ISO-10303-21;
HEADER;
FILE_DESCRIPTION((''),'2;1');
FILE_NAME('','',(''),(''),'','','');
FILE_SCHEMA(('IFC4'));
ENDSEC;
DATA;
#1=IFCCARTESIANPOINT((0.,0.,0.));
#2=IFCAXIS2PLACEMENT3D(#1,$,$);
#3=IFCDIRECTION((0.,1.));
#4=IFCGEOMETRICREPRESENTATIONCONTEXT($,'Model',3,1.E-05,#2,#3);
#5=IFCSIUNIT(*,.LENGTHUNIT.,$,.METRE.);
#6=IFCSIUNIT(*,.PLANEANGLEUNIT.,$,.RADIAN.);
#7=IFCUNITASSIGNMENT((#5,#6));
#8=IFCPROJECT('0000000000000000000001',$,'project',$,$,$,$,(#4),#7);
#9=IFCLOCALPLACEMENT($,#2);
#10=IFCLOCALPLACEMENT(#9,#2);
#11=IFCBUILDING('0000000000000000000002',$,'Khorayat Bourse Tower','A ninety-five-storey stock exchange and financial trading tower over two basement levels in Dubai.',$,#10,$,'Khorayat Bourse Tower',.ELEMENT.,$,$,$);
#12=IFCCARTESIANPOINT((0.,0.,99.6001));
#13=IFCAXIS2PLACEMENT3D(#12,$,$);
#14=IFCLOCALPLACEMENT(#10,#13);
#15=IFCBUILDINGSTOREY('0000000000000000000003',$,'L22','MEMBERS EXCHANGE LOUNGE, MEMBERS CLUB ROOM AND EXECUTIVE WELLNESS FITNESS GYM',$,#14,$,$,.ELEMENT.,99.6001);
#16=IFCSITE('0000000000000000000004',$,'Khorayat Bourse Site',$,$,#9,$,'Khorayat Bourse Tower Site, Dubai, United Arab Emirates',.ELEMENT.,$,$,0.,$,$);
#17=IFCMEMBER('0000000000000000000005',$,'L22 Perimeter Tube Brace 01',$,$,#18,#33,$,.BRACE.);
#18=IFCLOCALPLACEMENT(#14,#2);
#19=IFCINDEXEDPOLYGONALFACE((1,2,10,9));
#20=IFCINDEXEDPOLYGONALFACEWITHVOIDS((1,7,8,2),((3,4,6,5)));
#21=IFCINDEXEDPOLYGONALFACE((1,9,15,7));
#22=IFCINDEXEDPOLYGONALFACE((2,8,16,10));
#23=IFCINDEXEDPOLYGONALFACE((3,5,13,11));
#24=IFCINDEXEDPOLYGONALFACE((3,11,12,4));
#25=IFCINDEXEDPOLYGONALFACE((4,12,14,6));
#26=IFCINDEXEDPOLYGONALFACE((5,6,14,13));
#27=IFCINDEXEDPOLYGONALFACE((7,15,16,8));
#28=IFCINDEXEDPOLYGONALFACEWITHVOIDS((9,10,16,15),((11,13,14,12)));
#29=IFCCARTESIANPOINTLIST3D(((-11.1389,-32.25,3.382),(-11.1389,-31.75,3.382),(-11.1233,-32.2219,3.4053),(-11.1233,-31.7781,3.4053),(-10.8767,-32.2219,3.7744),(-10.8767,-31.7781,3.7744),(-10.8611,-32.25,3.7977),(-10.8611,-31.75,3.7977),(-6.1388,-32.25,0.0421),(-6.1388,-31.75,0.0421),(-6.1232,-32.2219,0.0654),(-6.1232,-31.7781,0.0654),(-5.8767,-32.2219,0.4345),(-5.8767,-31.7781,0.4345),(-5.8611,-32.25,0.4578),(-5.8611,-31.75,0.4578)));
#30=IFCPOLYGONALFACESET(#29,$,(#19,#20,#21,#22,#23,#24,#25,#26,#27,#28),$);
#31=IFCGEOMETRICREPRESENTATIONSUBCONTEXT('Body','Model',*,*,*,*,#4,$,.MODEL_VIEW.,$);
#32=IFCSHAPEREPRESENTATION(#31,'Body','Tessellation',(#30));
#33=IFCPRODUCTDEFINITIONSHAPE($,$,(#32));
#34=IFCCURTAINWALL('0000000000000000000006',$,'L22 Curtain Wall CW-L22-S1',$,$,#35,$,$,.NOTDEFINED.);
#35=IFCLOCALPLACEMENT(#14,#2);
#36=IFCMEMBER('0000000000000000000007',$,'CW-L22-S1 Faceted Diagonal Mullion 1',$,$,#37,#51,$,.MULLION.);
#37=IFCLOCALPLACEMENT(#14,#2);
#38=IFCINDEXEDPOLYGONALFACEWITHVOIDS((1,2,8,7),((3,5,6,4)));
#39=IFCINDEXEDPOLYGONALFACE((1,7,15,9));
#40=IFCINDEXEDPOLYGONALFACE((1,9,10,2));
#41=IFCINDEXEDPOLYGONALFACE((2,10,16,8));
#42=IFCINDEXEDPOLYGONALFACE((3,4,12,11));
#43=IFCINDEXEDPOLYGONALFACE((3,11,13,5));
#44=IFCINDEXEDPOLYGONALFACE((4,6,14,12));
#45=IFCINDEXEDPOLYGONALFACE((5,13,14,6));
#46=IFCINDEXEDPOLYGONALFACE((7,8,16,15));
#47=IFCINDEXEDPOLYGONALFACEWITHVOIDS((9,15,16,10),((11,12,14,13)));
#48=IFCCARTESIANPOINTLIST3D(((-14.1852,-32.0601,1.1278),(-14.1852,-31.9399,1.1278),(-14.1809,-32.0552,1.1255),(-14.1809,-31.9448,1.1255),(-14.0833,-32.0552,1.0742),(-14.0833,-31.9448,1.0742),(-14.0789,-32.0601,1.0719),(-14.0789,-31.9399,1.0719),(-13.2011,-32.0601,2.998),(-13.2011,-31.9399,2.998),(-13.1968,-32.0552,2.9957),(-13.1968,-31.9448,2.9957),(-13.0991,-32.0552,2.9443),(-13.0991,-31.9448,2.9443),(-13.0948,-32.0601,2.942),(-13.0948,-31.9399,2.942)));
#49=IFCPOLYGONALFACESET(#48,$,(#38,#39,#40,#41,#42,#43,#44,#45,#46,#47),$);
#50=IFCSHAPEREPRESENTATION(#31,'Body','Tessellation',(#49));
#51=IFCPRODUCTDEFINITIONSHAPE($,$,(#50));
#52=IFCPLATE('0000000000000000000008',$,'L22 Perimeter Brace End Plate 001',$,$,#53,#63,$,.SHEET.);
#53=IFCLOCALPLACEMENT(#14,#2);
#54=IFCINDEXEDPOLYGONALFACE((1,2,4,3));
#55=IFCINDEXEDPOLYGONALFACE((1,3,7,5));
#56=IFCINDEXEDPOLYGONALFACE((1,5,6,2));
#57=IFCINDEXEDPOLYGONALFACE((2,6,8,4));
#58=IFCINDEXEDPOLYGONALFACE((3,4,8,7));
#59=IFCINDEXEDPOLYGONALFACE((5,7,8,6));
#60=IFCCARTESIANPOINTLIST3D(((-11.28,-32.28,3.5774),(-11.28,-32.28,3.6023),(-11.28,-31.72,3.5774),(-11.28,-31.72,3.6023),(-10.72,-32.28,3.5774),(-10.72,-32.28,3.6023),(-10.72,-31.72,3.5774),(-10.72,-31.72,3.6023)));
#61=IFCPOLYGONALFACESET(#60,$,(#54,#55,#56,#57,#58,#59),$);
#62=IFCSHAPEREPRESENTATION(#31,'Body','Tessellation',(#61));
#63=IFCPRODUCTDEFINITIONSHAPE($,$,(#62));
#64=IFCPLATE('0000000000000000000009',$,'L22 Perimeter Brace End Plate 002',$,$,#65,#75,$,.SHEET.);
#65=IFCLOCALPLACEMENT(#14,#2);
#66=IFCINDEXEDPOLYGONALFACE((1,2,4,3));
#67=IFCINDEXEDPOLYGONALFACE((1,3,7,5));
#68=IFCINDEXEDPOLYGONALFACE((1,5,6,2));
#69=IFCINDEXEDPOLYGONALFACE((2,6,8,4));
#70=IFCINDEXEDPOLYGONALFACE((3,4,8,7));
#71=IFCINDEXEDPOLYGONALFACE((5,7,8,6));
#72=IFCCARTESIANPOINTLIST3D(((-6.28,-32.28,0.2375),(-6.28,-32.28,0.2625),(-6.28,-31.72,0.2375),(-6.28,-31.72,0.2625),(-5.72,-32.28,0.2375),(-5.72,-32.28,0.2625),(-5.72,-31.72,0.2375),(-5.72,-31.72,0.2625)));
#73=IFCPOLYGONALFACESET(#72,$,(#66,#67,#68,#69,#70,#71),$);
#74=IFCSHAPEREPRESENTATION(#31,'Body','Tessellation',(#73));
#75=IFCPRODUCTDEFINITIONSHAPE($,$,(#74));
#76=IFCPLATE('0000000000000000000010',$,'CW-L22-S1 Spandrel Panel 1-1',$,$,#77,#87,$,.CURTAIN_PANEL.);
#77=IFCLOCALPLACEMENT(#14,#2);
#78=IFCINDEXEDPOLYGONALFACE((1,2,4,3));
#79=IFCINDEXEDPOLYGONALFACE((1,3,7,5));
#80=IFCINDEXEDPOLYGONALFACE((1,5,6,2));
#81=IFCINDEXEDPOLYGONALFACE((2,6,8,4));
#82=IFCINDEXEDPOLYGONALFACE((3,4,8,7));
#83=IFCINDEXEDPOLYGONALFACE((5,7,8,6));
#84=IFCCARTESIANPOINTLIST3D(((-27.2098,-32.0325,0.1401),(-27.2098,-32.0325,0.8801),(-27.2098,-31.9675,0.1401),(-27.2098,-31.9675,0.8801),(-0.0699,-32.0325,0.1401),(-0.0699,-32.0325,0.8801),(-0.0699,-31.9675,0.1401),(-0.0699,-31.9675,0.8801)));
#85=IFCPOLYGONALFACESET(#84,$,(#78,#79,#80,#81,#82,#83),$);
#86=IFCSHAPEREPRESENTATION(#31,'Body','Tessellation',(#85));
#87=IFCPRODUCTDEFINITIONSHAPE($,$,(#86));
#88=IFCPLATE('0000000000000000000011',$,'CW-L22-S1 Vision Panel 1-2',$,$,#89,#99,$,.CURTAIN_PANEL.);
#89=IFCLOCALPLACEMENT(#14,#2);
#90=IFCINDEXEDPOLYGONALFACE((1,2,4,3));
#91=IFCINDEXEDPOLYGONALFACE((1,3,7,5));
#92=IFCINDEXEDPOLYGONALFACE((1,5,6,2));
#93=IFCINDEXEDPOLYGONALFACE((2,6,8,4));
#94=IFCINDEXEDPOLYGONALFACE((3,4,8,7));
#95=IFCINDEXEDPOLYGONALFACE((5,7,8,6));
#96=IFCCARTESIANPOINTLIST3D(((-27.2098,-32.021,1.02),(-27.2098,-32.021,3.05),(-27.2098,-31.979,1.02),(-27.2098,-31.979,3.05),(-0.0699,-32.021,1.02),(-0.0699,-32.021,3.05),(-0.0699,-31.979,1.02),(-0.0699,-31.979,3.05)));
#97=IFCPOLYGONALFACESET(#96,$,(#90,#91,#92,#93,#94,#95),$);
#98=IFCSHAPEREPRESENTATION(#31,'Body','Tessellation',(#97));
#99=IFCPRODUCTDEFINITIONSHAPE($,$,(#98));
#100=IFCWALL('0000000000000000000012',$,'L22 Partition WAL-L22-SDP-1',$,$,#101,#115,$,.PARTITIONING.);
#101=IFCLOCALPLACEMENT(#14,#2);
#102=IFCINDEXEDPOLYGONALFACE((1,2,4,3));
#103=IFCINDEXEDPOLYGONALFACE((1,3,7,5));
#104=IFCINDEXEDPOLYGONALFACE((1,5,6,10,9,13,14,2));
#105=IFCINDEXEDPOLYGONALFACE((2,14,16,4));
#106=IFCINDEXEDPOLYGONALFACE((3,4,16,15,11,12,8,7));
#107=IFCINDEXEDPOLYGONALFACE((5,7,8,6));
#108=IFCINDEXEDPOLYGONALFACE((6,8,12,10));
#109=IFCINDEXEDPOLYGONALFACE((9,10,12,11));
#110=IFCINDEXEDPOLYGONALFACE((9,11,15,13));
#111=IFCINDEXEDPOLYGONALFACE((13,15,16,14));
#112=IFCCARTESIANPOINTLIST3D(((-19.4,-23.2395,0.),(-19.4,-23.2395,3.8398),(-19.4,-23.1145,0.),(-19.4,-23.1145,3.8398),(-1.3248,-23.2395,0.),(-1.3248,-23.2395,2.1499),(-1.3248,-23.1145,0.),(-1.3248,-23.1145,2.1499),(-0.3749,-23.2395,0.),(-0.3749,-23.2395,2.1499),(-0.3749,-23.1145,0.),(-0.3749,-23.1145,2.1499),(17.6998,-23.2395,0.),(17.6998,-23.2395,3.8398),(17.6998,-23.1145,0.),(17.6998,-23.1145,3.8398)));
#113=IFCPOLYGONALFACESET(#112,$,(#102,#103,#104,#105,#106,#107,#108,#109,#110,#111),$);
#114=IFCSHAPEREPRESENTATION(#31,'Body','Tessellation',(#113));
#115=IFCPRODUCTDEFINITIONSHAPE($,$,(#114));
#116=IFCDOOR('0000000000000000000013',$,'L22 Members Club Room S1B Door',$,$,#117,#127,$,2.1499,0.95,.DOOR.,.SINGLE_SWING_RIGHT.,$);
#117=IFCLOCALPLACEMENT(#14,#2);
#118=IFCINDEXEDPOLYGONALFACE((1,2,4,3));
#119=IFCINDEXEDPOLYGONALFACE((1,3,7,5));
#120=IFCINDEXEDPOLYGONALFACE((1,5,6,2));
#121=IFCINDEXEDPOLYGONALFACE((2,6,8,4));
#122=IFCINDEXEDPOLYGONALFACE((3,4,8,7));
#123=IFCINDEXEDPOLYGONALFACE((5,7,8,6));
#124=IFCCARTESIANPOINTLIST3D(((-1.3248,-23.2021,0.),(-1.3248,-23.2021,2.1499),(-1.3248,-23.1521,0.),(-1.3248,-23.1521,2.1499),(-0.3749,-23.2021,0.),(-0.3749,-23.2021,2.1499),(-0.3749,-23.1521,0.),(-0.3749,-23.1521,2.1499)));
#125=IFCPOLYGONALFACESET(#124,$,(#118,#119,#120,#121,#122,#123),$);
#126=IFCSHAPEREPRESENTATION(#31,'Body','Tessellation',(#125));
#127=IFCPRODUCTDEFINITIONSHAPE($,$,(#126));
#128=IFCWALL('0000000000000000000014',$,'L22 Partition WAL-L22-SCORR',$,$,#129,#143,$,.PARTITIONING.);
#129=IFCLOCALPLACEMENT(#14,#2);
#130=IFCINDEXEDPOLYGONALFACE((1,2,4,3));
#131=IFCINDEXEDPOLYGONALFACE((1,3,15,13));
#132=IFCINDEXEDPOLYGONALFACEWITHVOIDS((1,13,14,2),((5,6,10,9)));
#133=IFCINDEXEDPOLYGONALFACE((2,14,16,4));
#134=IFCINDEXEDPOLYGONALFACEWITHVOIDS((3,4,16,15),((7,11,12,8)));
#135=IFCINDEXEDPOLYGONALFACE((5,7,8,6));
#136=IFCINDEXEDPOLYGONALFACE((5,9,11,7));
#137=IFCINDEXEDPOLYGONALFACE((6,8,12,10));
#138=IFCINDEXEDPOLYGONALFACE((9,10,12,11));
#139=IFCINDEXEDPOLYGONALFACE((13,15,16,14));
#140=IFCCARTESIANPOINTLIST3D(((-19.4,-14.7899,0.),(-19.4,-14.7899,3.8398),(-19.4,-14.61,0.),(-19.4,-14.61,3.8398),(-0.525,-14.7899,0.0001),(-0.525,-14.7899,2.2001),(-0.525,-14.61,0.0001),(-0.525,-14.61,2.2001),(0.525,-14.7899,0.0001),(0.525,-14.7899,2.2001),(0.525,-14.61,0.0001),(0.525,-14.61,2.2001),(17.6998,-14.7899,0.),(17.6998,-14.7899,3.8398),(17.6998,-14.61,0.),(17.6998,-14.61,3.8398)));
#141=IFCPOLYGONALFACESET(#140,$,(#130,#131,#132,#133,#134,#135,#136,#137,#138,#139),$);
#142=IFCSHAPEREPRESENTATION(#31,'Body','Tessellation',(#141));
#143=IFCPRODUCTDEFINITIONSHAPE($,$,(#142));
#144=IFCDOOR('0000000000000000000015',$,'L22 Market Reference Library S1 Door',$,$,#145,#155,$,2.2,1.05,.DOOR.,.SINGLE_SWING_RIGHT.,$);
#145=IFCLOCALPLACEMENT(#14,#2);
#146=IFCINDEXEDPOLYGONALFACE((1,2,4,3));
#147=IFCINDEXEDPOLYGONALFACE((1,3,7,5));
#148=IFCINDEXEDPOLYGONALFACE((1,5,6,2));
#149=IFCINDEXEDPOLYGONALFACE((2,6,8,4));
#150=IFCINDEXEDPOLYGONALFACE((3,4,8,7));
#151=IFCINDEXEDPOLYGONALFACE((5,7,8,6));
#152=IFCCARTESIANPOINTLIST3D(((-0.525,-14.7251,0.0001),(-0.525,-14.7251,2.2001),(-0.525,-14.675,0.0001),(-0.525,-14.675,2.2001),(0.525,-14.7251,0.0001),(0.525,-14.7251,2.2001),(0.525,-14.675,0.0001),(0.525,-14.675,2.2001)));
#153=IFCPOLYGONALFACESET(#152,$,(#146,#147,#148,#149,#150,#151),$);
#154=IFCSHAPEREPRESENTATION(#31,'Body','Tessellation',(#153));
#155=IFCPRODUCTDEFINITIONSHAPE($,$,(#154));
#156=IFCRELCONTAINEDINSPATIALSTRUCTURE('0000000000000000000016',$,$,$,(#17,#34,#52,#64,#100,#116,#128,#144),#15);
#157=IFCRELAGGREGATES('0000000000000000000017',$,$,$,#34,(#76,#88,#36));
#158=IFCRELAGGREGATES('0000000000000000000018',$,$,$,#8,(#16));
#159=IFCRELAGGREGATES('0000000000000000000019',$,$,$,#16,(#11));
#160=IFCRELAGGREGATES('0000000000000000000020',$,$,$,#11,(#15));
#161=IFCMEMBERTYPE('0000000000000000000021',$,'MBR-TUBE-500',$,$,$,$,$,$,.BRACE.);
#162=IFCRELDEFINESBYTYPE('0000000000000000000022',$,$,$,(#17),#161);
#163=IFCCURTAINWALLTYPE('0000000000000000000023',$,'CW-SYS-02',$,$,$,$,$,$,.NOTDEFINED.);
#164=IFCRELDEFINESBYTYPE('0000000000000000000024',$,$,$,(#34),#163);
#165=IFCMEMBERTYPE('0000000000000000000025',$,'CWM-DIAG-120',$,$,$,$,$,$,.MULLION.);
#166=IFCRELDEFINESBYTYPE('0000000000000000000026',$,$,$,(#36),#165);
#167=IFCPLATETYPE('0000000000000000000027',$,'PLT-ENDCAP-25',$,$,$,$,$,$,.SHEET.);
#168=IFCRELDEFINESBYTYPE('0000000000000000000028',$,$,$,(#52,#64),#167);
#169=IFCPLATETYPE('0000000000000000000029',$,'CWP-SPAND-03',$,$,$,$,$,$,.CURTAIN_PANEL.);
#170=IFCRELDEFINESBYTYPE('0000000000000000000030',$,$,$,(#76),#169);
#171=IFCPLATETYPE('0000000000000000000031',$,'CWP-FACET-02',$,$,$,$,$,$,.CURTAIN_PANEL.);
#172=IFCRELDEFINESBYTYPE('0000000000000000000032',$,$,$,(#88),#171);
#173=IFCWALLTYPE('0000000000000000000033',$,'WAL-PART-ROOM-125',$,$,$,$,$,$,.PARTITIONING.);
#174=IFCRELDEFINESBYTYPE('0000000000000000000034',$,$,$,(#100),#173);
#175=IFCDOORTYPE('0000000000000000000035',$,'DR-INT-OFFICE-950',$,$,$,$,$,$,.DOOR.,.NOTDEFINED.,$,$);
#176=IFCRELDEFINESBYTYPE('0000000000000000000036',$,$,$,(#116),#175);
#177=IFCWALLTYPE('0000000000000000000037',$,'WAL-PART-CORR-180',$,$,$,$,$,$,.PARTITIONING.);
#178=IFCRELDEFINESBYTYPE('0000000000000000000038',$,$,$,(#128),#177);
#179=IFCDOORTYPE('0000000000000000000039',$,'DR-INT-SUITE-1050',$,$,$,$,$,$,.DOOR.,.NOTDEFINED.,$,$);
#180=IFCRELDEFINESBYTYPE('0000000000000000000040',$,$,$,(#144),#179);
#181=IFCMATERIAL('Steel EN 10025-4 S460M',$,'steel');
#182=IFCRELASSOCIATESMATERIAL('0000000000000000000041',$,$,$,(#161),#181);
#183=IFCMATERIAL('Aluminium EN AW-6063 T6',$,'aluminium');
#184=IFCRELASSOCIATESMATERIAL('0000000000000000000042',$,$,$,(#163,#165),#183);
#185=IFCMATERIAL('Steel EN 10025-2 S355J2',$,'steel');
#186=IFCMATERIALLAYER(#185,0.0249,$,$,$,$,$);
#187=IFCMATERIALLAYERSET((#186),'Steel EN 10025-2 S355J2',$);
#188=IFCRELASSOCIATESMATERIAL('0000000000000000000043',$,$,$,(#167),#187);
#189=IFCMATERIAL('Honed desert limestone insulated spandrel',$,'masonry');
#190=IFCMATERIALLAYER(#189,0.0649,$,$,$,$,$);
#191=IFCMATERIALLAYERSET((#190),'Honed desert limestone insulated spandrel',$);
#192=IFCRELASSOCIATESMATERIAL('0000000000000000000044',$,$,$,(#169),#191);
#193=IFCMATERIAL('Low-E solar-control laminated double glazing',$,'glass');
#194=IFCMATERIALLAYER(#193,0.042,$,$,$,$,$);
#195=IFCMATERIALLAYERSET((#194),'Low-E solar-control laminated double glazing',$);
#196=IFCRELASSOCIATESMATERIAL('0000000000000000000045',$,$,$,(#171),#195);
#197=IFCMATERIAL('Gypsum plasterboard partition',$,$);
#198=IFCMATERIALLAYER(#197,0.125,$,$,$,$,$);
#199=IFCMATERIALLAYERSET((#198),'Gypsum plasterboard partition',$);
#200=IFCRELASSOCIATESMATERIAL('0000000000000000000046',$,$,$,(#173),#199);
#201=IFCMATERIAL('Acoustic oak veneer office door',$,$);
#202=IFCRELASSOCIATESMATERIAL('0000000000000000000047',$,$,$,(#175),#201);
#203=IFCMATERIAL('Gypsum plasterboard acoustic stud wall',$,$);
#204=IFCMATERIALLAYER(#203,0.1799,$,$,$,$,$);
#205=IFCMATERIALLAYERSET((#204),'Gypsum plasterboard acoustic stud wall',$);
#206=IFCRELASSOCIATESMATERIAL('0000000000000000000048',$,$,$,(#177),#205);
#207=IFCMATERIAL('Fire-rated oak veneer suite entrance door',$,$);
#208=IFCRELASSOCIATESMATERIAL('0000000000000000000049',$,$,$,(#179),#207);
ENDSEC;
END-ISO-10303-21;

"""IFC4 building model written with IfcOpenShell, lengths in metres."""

from ifc_helpers import new_model, si_unit, direction, frame, frame_2d, origin, origin_2d, place, context, subcontext, project, spatial, rectangle, hollow_rectangle, extrude, source, transform, mapped, material, layer, layer_set, material_profile, profile_set, type_object, element, fill, aggregate, save


model = new_model("IFC4")

# Units and contexts
model_context = context("Model", 3, precision=1e-05, world=origin(), true_north=direction((0.0, 1.0)))
body_context = subcontext(model_context, "Body", "Model", "MODEL_VIEW")
ifc_project = project(units=[si_unit("LENGTHUNIT", "METRE"), si_unit("PLANEANGLEUNIT", "RADIAN")], contexts=[model_context])

# Site, building, storey
site_placement = place(None, origin())
site = spatial("IfcSite", under=ifc_project, at=site_placement, Name="Khorayat Bourse Site", LongName="Khorayat Bourse Tower Site, Dubai, United Arab Emirates", CompositionType="ELEMENT", RefElevation=0.0)
building_placement = place(site_placement, origin())
building = spatial("IfcBuilding", under=site, at=building_placement, Name="Khorayat Bourse Tower", Description="A ninety-five-storey stock exchange and financial trading tower over two basement levels in Dubai.", LongName="Khorayat Bourse Tower", CompositionType="ELEMENT")
storey_placement = place(building_placement, frame((0.0, 0.0, 99.6001)))
storey = spatial("IfcBuildingStorey", under=building, at=storey_placement, Name="L22", Description="MEMBERS EXCHANGE LOUNGE, MEMBERS CLUB ROOM AND EXECUTIVE WELLNESS FITNESS GYM", CompositionType="ELEMENT", Elevation=99.6001)

# Shared definitions
ifc_material_1 = material(Name="Steel EN 10025-4 S460M", Category="steel")

# Member
ifc_material_profile_1 = material_profile(ifc_material_1, hollow_rectangle(XDim=0.5, YDim=0.5, WallThickness=0.0281, at=origin_2d()), Name="HSS 500x500x28")
ifc_profile_set_1 = profile_set([ifc_material_profile_1], Name="Steel EN 10025-4 S460M")
member_type_1 = type_object("IfcMemberType", Name="MBR-TUBE-500", PredefinedType="BRACE", material=ifc_profile_set_1)
shared_shape_1 = source(origin(), body_context, "Body", "SweptSolid", [
    extrude(hollow_rectangle(XDim=0.5, YDim=0.5, WallThickness=0.0281, at=origin_2d()), origin(), (0.0, 0.0, 1.0), 6.0129),
])
member_1_placement = place(storey_placement, frame((-11.0, -32.0, 3.5898), z_axis=(0.83155, 0.0, -0.55545), x_axis=(0.0, 1.0, 0.0)))
element("IfcMember", 1, at=member_1_placement, inside=storey, type_object=member_type_1, Name="L22 Perimeter Tube Brace 01", PredefinedType="BRACE", context=body_context, shape_type="MappedRepresentation", body=[
    mapped(shared_shape_1, transform((0.0, 0.0, 0.0), scale=1.0)),
])

# Curtain wall, member
ifc_material_2 = material(Name="Aluminium EN AW-6063 T6", Category="aluminium")
curtain_wall_type = type_object("IfcCurtainWallType", Name="CW-SYS-02", PredefinedType="NOTDEFINED", material=ifc_material_2)
curtain_wall_placement = place(storey_placement, origin())
curtain_wall = element("IfcCurtainWall", 2, at=curtain_wall_placement, inside=storey, type_object=curtain_wall_type, Name="L22 Curtain Wall CW-L22-S1", PredefinedType="NOTDEFINED")
ifc_material_profile_2 = material_profile(ifc_material_2, hollow_rectangle(XDim=0.1201, YDim=0.1201, WallThickness=0.0049, at=origin_2d()), Name="ALU 120x120x5")
ifc_profile_set_2 = profile_set([ifc_material_profile_2], Name="Aluminium EN AW-6063 T6")
member_type_2 = type_object("IfcMemberType", Name="CWM-DIAG-120", PredefinedType="MULLION", material=ifc_profile_set_2)
shared_shape_2 = source(origin(), body_context, "Body", "SweptSolid", [
    extrude(hollow_rectangle(XDim=0.1201, YDim=0.1201, WallThickness=0.0049, at=origin_2d()), origin(), (0.0, 0.0, 1.0), 2.1133),
])
member_2_placement = place(storey_placement, frame((-14.1321, -32.0, 1.0999), z_axis=(0.465694, 0.0, 0.884946), x_axis=(0.0, 1.0, 0.0)))
member_2 = element("IfcMember", 3, at=member_2_placement, type_object=member_type_2, Name="CW-L22-S1 Faceted Diagonal Mullion 1", PredefinedType="MULLION", context=body_context, shape_type="MappedRepresentation", body=[
    mapped(shared_shape_2, transform((0.0, 0.0, 0.0), scale=1.0)),
])

# Plates
ifc_material_3 = material(Name="Steel EN 10025-2 S355J2", Category="steel")
ifc_layer_1 = layer(ifc_material_3, 0.0249)
ifc_layer_set_1 = layer_set([ifc_layer_1], Name="Steel EN 10025-2 S355J2")
plate_type_1 = type_object("IfcPlateType", Name="PLT-ENDCAP-25", PredefinedType="SHEET", material=ifc_layer_set_1)
shared_shape_3 = source(origin(), body_context, "Body", "SweptSolid", [
    extrude(rectangle(XDim=0.5601, YDim=0.5601, at=origin_2d()), origin(), (0.0, 0.0, 1.0), 0.0249),
])
for number, where, z_axis, x_axis, name in (
    (4, (-11.0, -32.0, 3.5774), (0.0, 0.0, 1.0), (1.0, 0.0, 0.0), "L22 Perimeter Brace End Plate 001"),
    (5, (-6.0, -32.0, 0.2375), (0.0, 0.0, 1.0), (1.0, 0.0, 0.0), "L22 Perimeter Brace End Plate 002"),
):
    element("IfcPlate", number, at=place(storey_placement, frame(where, z_axis=z_axis, x_axis=x_axis)), inside=storey, type_object=plate_type_1, Name=name, PredefinedType="SHEET", context=body_context, shape_type="MappedRepresentation", body=[
        mapped(shared_shape_3, transform((0.0, 0.0, 0.0), scale=1.0)),
    ])

# Plates
ifc_material_4 = material(Name="Honed desert limestone insulated spandrel", Category="masonry")
ifc_layer_2 = layer(ifc_material_4, 0.0649)
ifc_layer_set_2 = layer_set([ifc_layer_2], Name="Honed desert limestone insulated spandrel")
plate_type_2 = type_object("IfcPlateType", Name="CWP-SPAND-03", PredefinedType="CURTAIN_PANEL", material=ifc_layer_set_2)
shared_shape_4 = source(origin(), body_context, "Body", "SweptSolid", [
    extrude(rectangle(XDim=27.1399, YDim=0.0649, at=origin_2d()), origin(), (0.0, 0.0, 1.0), 0.74),
])
plate_1_placement = place(storey_placement, frame((-13.6399, -32.0, 0.1401), z_axis=(0.0, 0.0, 1.0), x_axis=(1.0, 0.0, 0.0)))
plate_1 = element("IfcPlate", 6, at=plate_1_placement, type_object=plate_type_2, Name="CW-L22-S1 Spandrel Panel 1-1", PredefinedType="CURTAIN_PANEL", context=body_context, shape_type="MappedRepresentation", body=[
    mapped(shared_shape_4, transform((0.0, 0.0, 0.0), scale=1.0)),
])
ifc_material_5 = material(Name="Low-E solar-control laminated double glazing", Category="glass")
ifc_layer_3 = layer(ifc_material_5, 0.042)
ifc_layer_set_3 = layer_set([ifc_layer_3], Name="Low-E solar-control laminated double glazing")
plate_type_3 = type_object("IfcPlateType", Name="CWP-FACET-02", PredefinedType="CURTAIN_PANEL", material=ifc_layer_set_3)
shared_shape_5 = source(origin(), body_context, "Body", "SweptSolid", [
    extrude(rectangle(XDim=27.1399, YDim=0.042, at=origin_2d()), origin(), (0.0, 0.0, 1.0), 2.03),
])
plate_2_placement = place(storey_placement, frame((-13.6399, -32.0, 1.02), z_axis=(0.0, 0.0, 1.0), x_axis=(1.0, 0.0, 0.0)))
plate_2 = element("IfcPlate", 7, at=plate_2_placement, type_object=plate_type_3, Name="CW-L22-S1 Vision Panel 1-2", PredefinedType="CURTAIN_PANEL", context=body_context, shape_type="MappedRepresentation", body=[
    mapped(shared_shape_5, transform((0.0, 0.0, 0.0), scale=1.0)),
])
aggregate(curtain_wall, [plate_1, plate_2, member_2])

# Walls, openings, doors
ifc_material_6 = material(Name="Gypsum plasterboard partition")
ifc_layer_4 = layer(ifc_material_6, 0.125)
ifc_layer_set_4 = layer_set([ifc_layer_4], Name="Gypsum plasterboard partition")
wall_type_1 = type_object("IfcWallType", Name="WAL-PART-ROOM-125", PredefinedType="PARTITIONING", material=ifc_layer_set_4)
shared_shape_6 = source(origin(), body_context, "Body", "SweptSolid", [
    extrude(rectangle(XDim=37.0999, YDim=0.125, at=frame_2d((18.5498, 0.0))), origin(), (0.0, 0.0, 1.0), 3.8398),
])
wall_1_placement = place(storey_placement, frame((-19.3999, -23.177, 0.0), z_axis=(0.0, 0.0, 1.0), x_axis=(1.0, 0.0, 0.0)))
wall_1 = element("IfcWall", 8, at=wall_1_placement, inside=storey, type_object=wall_type_1, Name="L22 Partition WAL-L22-SDP-1", PredefinedType="PARTITIONING", context=body_context, shape_type="MappedRepresentation", body=[
    mapped(shared_shape_6, transform((0.0, 0.0, 0.0), scale=1.0)),
])
shared_shape_7 = source(origin(), body_context, "Body", "SweptSolid", [
    extrude(rectangle(XDim=0.95, YDim=2.1499, at=frame_2d((0.4751, 1.075))), frame((0.0, 0.0725, 0.0), z_axis=(0.0, -1.0, 0.0), x_axis=(1.0, 0.0, 0.0)), (0.0, 0.0, 1.0), 0.145),
])
opening_1_placement = place(wall_1_placement, frame((18.075, 0.0, 0.0)))
opening_1 = element("IfcOpeningElement", 9, at=opening_1_placement, cuts=wall_1, PredefinedType="OPENING", context=body_context, shape_type="MappedRepresentation", body=[
    mapped(shared_shape_7, transform((0.0, 0.0, 0.0), scale=1.0)),
])
ifc_material_7 = material(Name="Acoustic oak veneer office door")
door_type_1 = type_object("IfcDoorType", Name="DR-INT-OFFICE-950", OperationType="NOTDEFINED", PredefinedType="DOOR", material=ifc_material_7)
shared_shape_8 = source(origin(), body_context, "Body", "SweptSolid", [
    extrude(rectangle(XDim=0.95, YDim=2.1499, at=frame_2d((0.4751, 1.075))), frame((0.0, 0.0249, 0.0), z_axis=(0.0, -1.0, 0.0), x_axis=(1.0, 0.0, 0.0)), (0.0, 0.0, 1.0), 0.05),
])
door_1_placement = place(opening_1_placement, origin())
door_1 = element("IfcDoor", 10, at=door_1_placement, inside=storey, type_object=door_type_1, Name="L22 Members Club Room S1B Door", OperationType="SINGLE_SWING_RIGHT", OverallHeight=2.1499, OverallWidth=0.95, PredefinedType="DOOR", context=body_context, shape_type="MappedRepresentation", body=[
    mapped(shared_shape_8, transform((0.0, 0.0, 0.0), scale=1.0)),
])
fill(opening_1, door_1)
ifc_material_8 = material(Name="Gypsum plasterboard acoustic stud wall")
ifc_layer_5 = layer(ifc_material_8, 0.1799)
ifc_layer_set_5 = layer_set([ifc_layer_5], Name="Gypsum plasterboard acoustic stud wall")
wall_type_2 = type_object("IfcWallType", Name="WAL-PART-CORR-180", PredefinedType="PARTITIONING", material=ifc_layer_set_5)
shared_shape_9 = source(origin(), body_context, "Body", "SweptSolid", [
    extrude(rectangle(XDim=37.0999, YDim=0.1799, at=frame_2d((18.5498, 0.0))), origin(), (0.0, 0.0, 1.0), 3.8398),
])
wall_2_placement = place(storey_placement, frame((-19.3999, -14.7, 0.0), z_axis=(0.0, 0.0, 1.0), x_axis=(1.0, 0.0, 0.0)))
wall_2 = element("IfcWall", 11, at=wall_2_placement, inside=storey, type_object=wall_type_2, Name="L22 Partition WAL-L22-SCORR", PredefinedType="PARTITIONING", context=body_context, shape_type="MappedRepresentation", body=[
    mapped(shared_shape_9, transform((0.0, 0.0, 0.0), scale=1.0)),
])
shared_shape_10 = source(origin(), body_context, "Body", "SweptSolid", [
    extrude(rectangle(XDim=1.05, YDim=2.2, at=frame_2d((0.5249, 1.1001))), frame((0.0, 0.0999, 0.0), z_axis=(0.0, -1.0, 0.0), x_axis=(1.0, 0.0, 0.0)), (0.0, 0.0, 1.0), 0.2),
])
opening_2_placement = place(wall_2_placement, frame((18.875, 0.0, 0.0)))
opening_2 = element("IfcOpeningElement", 12, at=opening_2_placement, cuts=wall_2, PredefinedType="OPENING", context=body_context, shape_type="MappedRepresentation", body=[
    mapped(shared_shape_10, transform((0.0, 0.0, 0.0), scale=1.0)),
])
ifc_material_9 = material(Name="Fire-rated oak veneer suite entrance door")
door_type_2 = type_object("IfcDoorType", Name="DR-INT-SUITE-1050", OperationType="NOTDEFINED", PredefinedType="DOOR", material=ifc_material_9)
shared_shape_11 = source(origin(), body_context, "Body", "SweptSolid", [
    extrude(rectangle(XDim=1.05, YDim=2.2, at=frame_2d((0.5249, 1.1001))), frame((0.0, 0.0249, 0.0), z_axis=(0.0, -1.0, 0.0), x_axis=(1.0, 0.0, 0.0)), (0.0, 0.0, 1.0), 0.05),
])
door_2_placement = place(opening_2_placement, origin())
door_2 = element("IfcDoor", 13, at=door_2_placement, inside=storey, type_object=door_type_2, Name="L22 Market Reference Library S1 Door", OperationType="SINGLE_SWING_RIGHT", OverallHeight=2.2, OverallWidth=1.05, PredefinedType="DOOR", context=body_context, shape_type="MappedRepresentation", body=[
    mapped(shared_shape_11, transform((0.0, 0.0, 0.0), scale=1.0)),
])
fill(opening_2, door_2)

save(model, "model.ifc")
